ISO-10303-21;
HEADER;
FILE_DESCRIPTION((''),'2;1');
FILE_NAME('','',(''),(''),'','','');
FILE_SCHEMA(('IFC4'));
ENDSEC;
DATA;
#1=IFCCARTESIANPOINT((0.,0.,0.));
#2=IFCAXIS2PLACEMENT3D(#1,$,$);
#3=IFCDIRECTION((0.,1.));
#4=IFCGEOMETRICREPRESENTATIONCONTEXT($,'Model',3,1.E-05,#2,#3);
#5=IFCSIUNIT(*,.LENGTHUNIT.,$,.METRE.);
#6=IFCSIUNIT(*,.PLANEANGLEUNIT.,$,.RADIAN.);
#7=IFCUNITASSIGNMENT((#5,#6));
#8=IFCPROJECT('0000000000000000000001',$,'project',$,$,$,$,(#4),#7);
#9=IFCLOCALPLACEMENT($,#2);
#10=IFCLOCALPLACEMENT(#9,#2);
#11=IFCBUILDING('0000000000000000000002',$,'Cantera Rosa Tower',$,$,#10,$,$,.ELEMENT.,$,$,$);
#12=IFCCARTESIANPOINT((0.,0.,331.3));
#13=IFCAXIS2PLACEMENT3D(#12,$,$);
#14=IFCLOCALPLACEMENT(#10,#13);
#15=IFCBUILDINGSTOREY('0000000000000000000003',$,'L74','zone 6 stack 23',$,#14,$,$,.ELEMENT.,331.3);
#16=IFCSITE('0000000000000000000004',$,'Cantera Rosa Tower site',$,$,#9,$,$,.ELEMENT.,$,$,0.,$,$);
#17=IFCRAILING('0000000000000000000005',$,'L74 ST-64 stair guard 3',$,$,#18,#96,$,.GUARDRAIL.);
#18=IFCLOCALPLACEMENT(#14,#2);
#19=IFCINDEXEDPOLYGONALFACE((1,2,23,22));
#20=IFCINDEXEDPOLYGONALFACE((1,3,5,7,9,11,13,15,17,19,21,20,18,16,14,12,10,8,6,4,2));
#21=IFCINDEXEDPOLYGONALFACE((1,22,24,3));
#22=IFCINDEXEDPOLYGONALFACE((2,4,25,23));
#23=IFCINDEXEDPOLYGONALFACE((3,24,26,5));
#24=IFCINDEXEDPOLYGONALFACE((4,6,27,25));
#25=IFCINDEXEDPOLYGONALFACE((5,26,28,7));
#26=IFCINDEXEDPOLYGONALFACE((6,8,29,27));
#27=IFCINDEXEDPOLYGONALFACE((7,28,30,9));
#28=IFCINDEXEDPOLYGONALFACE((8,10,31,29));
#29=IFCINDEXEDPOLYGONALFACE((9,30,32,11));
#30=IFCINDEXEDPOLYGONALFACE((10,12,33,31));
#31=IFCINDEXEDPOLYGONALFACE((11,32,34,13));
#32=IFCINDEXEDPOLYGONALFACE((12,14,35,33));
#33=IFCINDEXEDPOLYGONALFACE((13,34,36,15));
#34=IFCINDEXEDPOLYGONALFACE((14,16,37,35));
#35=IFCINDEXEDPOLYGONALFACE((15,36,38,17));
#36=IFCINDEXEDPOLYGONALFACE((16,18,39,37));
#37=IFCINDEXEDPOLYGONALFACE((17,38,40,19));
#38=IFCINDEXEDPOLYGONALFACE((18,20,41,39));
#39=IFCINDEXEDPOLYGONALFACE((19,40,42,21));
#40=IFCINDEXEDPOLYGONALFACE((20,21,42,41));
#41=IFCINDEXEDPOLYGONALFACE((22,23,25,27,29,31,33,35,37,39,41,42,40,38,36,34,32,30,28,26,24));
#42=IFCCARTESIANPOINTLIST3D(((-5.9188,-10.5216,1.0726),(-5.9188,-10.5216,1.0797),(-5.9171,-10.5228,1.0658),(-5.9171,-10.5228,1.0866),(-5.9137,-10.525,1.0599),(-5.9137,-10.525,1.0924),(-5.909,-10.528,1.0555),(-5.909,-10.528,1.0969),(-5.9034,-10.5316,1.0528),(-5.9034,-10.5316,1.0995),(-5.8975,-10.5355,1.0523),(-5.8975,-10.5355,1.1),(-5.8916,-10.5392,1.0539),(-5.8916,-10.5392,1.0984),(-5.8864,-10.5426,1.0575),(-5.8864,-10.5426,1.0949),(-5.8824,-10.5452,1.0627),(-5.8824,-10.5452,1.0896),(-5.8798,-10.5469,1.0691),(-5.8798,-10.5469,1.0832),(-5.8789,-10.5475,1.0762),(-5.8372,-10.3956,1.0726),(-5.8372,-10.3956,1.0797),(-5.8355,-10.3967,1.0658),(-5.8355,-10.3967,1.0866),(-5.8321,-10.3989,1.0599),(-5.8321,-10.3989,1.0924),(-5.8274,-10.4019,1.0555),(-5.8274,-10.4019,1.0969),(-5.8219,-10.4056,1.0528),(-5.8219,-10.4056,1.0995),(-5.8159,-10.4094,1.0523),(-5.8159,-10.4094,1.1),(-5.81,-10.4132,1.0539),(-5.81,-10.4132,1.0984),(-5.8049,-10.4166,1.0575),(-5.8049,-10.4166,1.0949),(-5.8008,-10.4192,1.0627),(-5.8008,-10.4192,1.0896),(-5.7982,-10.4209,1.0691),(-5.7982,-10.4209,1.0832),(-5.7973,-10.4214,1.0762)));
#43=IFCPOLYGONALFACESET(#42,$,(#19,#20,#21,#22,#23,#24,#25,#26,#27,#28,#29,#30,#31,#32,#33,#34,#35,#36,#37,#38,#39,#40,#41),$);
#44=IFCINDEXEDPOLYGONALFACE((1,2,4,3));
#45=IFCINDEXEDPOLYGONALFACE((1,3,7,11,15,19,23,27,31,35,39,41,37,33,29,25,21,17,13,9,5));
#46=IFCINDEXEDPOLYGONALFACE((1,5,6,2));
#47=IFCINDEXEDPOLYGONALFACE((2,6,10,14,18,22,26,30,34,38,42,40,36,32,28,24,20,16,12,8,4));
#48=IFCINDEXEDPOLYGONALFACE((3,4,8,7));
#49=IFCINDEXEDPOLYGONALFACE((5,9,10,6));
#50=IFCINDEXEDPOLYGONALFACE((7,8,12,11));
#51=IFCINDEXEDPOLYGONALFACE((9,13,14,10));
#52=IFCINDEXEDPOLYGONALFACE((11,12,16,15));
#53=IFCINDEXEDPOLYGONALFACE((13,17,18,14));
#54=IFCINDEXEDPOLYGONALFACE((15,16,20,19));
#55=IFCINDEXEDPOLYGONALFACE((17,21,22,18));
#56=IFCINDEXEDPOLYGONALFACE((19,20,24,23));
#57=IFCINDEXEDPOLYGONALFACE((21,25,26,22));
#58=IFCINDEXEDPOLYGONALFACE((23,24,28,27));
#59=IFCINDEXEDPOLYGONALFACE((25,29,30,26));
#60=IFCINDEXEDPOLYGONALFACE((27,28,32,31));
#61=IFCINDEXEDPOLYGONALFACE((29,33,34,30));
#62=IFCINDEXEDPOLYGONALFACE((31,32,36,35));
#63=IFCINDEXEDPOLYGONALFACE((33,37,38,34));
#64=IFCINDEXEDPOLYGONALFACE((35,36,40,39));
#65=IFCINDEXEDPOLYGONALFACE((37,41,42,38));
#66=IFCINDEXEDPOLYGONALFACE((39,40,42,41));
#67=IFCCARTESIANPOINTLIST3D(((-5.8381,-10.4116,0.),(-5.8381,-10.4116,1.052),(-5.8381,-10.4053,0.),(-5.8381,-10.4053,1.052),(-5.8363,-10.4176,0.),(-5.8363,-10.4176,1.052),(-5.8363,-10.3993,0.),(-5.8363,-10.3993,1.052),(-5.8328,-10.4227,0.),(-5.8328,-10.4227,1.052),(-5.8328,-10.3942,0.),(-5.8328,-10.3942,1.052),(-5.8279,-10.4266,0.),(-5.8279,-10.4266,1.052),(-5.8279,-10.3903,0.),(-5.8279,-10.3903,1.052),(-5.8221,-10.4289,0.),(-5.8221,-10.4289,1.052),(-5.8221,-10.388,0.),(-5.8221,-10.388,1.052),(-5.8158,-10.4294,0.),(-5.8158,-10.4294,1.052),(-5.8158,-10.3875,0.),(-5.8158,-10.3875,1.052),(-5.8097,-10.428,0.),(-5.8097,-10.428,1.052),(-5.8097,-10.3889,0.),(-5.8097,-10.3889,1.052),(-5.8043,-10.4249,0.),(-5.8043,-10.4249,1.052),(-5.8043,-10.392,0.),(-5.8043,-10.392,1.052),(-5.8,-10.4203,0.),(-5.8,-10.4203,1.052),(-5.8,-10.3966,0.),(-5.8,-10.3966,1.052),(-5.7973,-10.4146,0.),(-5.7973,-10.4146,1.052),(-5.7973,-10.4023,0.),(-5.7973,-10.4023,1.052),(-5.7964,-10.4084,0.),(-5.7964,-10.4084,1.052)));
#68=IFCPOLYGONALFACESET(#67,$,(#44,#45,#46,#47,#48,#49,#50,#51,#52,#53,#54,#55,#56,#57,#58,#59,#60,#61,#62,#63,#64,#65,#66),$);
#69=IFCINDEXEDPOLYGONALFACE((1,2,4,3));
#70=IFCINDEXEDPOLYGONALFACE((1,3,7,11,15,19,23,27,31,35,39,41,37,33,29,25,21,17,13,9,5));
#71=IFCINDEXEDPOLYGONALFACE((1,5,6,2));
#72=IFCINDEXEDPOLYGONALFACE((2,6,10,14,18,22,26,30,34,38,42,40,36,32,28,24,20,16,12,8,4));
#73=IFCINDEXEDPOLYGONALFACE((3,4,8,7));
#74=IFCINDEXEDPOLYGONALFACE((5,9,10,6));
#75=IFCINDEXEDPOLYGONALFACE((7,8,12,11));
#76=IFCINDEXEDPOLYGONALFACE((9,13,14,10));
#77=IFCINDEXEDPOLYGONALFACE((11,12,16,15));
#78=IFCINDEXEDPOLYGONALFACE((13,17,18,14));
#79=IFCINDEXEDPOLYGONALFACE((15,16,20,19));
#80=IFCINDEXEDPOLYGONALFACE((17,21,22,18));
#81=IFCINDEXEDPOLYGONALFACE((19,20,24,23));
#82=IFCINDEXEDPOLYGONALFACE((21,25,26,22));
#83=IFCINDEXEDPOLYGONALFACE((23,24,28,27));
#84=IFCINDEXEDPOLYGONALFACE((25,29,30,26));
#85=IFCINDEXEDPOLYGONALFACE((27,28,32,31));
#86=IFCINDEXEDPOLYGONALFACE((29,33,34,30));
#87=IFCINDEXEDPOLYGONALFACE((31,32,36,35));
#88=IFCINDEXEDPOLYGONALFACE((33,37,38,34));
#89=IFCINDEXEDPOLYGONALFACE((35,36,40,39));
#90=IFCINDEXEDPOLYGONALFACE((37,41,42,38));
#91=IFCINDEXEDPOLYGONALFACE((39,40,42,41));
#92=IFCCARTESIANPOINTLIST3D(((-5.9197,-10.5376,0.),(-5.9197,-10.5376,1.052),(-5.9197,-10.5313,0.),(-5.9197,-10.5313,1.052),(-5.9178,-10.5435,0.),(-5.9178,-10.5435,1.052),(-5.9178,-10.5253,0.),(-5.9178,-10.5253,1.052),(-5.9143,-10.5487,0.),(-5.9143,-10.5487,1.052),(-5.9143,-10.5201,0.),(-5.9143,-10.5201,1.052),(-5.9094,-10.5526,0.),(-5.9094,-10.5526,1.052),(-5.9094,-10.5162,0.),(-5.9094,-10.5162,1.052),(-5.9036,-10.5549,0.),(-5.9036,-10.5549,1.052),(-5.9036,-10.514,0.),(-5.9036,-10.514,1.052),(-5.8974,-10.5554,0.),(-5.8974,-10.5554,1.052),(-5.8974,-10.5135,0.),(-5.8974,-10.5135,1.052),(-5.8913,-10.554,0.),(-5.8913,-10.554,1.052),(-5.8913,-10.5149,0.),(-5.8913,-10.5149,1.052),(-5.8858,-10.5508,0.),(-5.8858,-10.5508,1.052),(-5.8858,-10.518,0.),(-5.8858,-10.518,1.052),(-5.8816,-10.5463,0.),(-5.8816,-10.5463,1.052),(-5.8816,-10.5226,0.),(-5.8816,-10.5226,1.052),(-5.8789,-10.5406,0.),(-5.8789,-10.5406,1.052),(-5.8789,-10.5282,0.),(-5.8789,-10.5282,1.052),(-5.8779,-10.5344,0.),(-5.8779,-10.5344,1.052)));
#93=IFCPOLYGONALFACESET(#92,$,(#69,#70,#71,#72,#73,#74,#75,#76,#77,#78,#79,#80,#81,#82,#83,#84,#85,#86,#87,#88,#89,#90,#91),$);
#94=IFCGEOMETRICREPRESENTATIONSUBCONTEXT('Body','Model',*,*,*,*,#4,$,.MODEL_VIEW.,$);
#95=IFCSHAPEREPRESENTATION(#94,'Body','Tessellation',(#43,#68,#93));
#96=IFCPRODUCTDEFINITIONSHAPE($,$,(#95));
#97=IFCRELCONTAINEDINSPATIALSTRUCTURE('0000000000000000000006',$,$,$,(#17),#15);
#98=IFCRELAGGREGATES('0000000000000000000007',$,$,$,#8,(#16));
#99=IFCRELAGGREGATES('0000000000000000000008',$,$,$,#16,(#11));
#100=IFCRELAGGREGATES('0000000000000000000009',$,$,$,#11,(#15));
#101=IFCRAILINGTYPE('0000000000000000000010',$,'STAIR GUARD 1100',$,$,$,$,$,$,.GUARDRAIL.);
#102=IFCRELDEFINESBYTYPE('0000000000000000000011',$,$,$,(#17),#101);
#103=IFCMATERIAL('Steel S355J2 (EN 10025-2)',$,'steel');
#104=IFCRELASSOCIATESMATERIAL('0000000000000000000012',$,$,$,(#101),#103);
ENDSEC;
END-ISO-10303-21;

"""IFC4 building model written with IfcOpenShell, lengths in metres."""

from ifc_helpers import new_model, si_unit, direction, frame, origin, origin_2d, place, context, subcontext, project, spatial, circle, extrude, material, type_object, element, save


model = new_model("IFC4")

# Units and contexts
model_context = context("Model", 3, precision=1e-05, world=origin(), true_north=direction((0.0, 1.0)))
body_context = subcontext(model_context, "Body", "Model", "MODEL_VIEW")
ifc_project = project(units=[si_unit("LENGTHUNIT", "METRE"), si_unit("PLANEANGLEUNIT", "RADIAN")], contexts=[model_context])

# Site, building, storey
site_placement = place(None, origin())
site = spatial("IfcSite", under=ifc_project, at=site_placement, Name="Cantera Rosa Tower site", CompositionType="ELEMENT", RefElevation=0.0)
building_placement = place(site_placement, origin())
building = spatial("IfcBuilding", under=site, at=building_placement, Name="Cantera Rosa Tower", CompositionType="ELEMENT")
storey_placement = place(building_placement, frame((0.0, 0.0, 331.3)))
storey = spatial("IfcBuildingStorey", under=building, at=storey_placement, Name="L74", Description="zone 6 stack 23", CompositionType="ELEMENT", Elevation=331.3)

# Railing
ifc_material_1 = material(Name="Steel S355J2 (EN 10025-2)", Category="steel")
railing_type_1 = type_object("IfcRailingType", Name="STAIR GUARD 1100", PredefinedType="GUARDRAIL", material=ifc_material_1)
railing_1_placement = place(storey_placement, frame((-5.8174, -10.4084, 0.0)))
element("IfcRailing", 1, at=railing_1_placement, inside=storey, type_object=railing_type_1, Name="L74 ST-64 stair guard 3", PredefinedType="GUARDRAIL", context=body_context, shape_type="SweptSolid", body=[
    extrude(circle(Radius=0.0239, at=origin_2d()), frame((0.0, 0.0, 1.0762), z_axis=(-0.543386, -0.839483, 0.0), x_axis=(0.839483, -0.543386, 0.0)), (0.0, 0.0, 1.0), 0.1501),
    extrude(circle(Radius=0.021, at=origin_2d()), origin(), (0.0, 0.0, 1.0), 1.052),
    extrude(circle(Radius=0.021, at=origin_2d()), frame((-0.0815, -0.126, 0.0)), (0.0, 0.0, 1.0), 1.052),
])

save(model, "model.ifc")
